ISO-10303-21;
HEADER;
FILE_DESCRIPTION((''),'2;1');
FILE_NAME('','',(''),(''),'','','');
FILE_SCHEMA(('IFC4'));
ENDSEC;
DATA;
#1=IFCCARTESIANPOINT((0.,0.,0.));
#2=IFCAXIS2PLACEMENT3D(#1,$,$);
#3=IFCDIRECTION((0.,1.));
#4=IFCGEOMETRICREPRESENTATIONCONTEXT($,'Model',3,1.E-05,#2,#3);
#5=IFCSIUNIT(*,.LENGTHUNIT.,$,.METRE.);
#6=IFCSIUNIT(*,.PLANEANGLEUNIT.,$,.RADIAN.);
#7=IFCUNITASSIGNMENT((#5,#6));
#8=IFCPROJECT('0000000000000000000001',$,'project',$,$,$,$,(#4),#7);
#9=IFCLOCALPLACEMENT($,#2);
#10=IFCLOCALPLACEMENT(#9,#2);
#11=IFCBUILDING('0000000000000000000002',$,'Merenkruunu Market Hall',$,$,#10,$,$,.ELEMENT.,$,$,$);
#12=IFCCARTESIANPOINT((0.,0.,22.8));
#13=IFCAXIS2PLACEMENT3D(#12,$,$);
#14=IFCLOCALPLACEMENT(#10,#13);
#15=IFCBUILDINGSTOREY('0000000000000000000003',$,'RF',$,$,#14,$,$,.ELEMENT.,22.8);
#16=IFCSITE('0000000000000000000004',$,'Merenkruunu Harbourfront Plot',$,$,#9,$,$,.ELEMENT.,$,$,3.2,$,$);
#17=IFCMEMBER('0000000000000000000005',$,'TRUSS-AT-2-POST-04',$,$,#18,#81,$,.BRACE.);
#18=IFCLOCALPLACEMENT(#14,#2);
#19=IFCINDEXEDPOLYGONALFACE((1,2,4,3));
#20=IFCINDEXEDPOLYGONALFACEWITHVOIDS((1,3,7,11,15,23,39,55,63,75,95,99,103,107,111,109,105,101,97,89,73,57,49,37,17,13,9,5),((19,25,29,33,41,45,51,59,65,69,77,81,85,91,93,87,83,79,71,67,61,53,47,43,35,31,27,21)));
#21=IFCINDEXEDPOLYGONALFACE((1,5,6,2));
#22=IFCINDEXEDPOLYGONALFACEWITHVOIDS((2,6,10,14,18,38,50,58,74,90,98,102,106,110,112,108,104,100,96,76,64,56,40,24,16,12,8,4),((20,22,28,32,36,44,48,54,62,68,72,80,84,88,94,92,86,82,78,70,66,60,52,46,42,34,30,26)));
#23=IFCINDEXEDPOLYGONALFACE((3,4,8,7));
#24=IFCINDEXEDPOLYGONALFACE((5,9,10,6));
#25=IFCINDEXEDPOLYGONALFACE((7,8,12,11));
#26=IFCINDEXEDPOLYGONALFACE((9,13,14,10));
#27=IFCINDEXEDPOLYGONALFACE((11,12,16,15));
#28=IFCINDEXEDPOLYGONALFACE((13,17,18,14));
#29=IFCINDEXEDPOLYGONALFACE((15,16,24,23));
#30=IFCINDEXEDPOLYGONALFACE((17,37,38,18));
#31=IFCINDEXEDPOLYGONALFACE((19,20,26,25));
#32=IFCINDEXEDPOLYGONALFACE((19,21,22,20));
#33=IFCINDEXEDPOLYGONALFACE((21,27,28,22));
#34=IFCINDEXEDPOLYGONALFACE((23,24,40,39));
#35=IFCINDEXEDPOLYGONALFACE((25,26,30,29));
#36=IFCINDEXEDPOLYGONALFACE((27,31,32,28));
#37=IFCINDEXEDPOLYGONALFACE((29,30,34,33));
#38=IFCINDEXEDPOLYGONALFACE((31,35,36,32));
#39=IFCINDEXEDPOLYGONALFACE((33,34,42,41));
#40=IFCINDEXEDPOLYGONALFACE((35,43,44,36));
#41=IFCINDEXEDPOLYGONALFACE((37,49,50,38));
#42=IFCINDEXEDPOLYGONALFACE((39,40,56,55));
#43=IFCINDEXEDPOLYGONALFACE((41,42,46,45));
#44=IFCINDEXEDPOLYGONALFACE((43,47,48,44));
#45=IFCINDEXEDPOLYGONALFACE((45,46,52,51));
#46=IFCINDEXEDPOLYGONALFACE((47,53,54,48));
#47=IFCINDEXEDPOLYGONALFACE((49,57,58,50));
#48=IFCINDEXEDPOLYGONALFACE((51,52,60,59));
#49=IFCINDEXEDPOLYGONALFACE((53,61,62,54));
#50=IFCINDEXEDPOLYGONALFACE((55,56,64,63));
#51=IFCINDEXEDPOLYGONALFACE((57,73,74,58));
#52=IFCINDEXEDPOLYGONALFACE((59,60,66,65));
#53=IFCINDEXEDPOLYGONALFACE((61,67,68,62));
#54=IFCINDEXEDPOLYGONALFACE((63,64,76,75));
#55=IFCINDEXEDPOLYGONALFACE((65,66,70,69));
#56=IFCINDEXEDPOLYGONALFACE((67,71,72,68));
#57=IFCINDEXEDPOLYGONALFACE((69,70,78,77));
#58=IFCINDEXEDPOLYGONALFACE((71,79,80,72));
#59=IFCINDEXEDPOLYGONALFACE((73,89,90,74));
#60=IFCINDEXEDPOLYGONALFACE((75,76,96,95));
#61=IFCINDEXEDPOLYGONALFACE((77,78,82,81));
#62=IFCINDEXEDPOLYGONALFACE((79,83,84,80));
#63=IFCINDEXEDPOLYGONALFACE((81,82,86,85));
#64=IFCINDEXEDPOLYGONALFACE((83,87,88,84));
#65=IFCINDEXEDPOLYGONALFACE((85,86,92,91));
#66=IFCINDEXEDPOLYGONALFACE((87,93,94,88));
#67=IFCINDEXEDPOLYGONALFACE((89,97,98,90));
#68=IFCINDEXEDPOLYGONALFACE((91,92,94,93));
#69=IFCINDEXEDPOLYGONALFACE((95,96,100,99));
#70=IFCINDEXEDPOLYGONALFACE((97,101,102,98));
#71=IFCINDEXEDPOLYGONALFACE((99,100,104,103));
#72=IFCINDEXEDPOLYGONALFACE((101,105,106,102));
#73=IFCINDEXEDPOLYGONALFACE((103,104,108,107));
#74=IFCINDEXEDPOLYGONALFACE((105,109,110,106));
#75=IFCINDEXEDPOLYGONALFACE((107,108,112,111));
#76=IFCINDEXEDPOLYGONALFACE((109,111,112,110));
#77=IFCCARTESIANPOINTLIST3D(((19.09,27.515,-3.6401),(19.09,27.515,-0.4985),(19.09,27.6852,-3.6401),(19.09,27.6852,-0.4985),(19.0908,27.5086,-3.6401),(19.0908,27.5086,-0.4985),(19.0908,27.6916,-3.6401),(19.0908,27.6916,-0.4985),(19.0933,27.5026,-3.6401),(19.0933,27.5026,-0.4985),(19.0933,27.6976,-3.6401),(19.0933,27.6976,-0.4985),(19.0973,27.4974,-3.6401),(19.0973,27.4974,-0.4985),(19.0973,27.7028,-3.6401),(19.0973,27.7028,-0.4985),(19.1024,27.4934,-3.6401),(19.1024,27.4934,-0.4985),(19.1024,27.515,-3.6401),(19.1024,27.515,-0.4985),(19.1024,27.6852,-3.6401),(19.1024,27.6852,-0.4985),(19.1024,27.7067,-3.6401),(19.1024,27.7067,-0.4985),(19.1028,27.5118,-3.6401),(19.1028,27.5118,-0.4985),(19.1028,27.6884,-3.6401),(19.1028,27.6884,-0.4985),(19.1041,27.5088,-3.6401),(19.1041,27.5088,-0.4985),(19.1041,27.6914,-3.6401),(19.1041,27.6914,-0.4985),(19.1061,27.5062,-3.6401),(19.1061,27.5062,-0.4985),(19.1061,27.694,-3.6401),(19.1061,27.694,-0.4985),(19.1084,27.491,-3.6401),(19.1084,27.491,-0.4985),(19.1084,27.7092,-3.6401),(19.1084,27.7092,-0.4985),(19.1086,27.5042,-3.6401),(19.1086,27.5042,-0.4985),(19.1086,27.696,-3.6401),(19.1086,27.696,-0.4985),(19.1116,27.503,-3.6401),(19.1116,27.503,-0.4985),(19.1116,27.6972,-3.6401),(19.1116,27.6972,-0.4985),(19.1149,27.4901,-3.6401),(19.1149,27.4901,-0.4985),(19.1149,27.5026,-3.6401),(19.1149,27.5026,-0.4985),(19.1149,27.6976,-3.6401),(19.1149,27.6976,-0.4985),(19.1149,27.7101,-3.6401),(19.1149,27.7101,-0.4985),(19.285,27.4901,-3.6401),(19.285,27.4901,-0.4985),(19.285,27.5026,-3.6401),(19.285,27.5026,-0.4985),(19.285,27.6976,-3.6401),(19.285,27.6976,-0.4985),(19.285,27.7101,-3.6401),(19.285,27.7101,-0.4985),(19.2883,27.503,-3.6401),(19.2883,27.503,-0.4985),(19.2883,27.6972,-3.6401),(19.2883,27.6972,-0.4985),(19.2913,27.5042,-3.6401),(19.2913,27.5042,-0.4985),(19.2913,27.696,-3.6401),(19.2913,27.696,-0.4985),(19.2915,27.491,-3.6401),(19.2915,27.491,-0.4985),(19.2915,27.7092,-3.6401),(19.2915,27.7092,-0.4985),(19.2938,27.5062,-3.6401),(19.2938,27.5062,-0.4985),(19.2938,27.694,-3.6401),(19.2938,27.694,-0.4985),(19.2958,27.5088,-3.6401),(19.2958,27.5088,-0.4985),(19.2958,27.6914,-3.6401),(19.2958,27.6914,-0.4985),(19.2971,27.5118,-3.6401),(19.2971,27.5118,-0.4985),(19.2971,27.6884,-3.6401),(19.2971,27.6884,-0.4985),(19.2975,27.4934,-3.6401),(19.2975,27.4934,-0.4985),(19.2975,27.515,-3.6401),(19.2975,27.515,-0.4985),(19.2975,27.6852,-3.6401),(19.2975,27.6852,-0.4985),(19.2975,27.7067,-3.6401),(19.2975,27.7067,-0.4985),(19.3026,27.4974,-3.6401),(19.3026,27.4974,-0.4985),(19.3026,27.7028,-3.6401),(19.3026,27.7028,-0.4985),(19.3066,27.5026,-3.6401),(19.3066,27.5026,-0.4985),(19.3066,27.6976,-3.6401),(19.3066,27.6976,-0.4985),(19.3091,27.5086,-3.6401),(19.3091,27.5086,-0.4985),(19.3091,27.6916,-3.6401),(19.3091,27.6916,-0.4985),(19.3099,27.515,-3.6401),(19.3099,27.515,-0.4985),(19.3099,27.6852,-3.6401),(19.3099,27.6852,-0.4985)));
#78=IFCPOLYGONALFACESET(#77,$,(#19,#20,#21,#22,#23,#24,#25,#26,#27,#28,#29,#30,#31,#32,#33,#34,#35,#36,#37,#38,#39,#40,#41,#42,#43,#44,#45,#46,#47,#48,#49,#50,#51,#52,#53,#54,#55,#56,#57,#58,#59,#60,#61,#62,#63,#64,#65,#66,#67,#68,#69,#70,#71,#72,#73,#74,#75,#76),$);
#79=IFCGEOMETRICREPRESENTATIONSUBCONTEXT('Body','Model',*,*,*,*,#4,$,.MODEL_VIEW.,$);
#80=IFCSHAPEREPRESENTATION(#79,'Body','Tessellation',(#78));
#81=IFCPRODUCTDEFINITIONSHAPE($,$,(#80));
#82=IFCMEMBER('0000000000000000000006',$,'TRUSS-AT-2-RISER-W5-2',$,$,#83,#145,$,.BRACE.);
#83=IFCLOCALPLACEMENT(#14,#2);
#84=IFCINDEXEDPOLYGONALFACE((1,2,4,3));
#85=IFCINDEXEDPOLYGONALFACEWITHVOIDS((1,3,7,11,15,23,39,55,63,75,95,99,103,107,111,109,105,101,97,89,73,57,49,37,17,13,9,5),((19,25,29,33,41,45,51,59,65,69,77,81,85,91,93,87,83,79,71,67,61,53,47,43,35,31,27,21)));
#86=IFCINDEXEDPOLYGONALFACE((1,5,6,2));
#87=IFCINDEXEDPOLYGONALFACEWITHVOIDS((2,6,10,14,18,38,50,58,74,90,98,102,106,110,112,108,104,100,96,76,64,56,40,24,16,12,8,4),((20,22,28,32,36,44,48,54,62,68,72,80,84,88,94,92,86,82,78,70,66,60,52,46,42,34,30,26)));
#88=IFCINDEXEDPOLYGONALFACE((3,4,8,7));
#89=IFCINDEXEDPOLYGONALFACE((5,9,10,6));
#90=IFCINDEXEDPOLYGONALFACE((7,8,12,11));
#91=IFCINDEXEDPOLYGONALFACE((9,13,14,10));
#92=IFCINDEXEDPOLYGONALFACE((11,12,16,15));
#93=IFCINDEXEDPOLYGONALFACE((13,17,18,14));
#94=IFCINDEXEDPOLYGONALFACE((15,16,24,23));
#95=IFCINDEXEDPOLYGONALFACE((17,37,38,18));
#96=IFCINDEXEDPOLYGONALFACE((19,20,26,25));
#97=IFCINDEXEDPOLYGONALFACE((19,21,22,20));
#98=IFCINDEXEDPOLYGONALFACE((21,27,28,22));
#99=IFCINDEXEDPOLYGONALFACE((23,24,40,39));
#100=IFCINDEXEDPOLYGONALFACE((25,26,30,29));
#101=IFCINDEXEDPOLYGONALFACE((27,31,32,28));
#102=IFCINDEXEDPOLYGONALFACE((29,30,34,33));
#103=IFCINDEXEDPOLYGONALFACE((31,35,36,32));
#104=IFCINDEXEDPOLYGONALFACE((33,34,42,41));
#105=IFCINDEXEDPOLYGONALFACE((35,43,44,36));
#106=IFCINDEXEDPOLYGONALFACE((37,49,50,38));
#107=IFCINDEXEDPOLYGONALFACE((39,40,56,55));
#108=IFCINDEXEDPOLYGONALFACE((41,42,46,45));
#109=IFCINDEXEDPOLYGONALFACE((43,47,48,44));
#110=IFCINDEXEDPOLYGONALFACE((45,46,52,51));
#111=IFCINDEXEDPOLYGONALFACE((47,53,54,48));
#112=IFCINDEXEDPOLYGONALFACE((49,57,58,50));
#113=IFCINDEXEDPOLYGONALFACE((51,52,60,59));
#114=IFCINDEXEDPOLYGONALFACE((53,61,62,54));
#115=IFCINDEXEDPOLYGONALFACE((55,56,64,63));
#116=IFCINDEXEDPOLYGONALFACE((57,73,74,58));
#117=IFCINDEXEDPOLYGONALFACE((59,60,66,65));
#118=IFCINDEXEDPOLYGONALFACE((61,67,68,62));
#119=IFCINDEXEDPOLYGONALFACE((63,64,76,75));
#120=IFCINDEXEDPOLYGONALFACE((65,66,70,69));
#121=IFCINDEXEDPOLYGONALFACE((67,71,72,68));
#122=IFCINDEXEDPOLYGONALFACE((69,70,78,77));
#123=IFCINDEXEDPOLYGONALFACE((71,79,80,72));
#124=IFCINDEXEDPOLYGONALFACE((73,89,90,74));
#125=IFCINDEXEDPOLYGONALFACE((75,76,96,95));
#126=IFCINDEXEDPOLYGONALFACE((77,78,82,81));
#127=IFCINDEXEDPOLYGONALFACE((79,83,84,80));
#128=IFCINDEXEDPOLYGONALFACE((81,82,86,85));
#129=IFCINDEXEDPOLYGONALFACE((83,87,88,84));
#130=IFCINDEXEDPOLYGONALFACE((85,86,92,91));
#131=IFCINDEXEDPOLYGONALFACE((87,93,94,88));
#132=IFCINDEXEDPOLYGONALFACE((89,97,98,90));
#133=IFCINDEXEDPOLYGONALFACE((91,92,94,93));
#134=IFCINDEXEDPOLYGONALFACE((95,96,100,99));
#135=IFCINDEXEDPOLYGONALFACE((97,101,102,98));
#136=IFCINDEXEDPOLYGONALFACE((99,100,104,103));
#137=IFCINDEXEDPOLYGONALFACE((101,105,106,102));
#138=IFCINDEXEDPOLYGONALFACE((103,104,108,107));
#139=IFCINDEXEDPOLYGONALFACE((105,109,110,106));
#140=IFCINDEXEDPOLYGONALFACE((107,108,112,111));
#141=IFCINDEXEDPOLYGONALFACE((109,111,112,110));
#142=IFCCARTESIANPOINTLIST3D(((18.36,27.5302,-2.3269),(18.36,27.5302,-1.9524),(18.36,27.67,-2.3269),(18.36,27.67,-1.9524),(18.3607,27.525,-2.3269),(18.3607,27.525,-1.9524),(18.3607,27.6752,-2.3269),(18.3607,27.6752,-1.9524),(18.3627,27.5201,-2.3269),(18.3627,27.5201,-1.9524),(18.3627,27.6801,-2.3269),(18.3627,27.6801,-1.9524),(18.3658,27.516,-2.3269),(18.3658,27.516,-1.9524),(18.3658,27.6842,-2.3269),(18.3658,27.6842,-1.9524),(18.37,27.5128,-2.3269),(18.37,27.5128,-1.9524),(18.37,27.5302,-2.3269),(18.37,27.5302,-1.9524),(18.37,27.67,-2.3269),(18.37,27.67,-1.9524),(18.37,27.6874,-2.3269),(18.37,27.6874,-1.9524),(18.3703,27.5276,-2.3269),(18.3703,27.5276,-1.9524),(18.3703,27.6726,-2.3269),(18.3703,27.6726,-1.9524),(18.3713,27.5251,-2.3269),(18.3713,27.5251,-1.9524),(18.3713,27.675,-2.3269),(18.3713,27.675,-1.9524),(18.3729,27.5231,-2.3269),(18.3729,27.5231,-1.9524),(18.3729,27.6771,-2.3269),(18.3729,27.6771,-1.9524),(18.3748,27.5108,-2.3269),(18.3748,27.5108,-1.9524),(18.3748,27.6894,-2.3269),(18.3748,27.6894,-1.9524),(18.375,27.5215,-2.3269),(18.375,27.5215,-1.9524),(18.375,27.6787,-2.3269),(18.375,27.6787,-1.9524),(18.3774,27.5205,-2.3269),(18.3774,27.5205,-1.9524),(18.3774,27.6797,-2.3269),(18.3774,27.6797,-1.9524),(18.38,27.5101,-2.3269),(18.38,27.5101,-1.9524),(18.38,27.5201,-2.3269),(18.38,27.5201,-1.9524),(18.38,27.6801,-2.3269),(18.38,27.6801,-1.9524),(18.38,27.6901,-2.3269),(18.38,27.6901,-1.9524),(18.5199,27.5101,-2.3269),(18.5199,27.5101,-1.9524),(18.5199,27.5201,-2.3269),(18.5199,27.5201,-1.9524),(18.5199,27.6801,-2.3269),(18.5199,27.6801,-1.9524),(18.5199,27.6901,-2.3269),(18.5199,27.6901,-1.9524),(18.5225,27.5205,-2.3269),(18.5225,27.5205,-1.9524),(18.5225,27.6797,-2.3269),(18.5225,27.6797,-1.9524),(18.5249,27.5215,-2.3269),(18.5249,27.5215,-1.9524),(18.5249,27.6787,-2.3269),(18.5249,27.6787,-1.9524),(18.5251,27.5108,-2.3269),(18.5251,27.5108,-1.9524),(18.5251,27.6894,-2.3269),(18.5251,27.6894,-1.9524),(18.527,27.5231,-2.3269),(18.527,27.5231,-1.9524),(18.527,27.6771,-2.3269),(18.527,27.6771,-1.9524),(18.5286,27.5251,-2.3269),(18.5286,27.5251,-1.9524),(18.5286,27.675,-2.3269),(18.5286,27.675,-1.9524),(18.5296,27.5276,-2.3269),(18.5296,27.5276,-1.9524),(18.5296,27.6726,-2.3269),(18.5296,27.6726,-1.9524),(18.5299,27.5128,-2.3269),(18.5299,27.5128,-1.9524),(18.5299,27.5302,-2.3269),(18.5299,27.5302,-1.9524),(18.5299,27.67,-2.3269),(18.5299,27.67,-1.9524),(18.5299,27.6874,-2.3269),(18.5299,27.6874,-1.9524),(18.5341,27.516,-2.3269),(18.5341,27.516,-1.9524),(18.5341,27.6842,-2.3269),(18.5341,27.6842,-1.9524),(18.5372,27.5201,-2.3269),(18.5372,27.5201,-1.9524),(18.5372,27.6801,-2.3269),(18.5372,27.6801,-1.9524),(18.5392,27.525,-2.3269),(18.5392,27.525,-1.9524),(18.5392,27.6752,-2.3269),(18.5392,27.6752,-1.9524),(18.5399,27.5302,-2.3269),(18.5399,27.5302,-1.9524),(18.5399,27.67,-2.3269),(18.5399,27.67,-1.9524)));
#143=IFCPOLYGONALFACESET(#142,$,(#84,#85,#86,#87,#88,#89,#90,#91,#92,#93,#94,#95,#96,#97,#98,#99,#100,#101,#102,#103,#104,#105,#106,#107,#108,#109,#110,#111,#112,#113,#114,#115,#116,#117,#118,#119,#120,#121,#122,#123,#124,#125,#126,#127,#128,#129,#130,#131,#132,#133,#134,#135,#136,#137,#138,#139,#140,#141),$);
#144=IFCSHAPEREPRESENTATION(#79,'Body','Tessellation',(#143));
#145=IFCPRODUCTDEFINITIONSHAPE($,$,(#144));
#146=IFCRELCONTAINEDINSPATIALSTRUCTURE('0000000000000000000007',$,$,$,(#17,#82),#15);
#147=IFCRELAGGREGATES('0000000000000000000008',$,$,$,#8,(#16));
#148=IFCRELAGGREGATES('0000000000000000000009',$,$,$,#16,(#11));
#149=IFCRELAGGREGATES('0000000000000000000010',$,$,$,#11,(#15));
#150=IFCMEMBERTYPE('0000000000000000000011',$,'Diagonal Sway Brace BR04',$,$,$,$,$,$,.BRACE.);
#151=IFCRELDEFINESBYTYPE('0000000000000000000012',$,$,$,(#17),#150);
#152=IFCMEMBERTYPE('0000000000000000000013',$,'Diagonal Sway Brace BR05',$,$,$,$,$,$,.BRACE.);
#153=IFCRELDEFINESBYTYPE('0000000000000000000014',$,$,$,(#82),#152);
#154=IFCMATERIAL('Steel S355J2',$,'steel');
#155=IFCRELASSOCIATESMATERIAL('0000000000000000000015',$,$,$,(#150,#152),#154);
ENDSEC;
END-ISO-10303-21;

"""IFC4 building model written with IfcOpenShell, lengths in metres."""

from ifc_helpers import new_model, si_unit, direction, frame, origin, origin_2d, place, context, subcontext, project, spatial, hollow_rectangle, extrude, material, material_profile, profile_set, type_object, element, save


model = new_model("IFC4")

# Units and contexts
model_context = context("Model", 3, precision=1e-05, world=origin(), true_north=direction((0.0, 1.0)))
body_context = subcontext(model_context, "Body", "Model", "MODEL_VIEW")
ifc_project = project(units=[si_unit("LENGTHUNIT", "METRE"), si_unit("PLANEANGLEUNIT", "RADIAN")], contexts=[model_context])

# Site, building, storey
site_placement = place(None, origin())
site = spatial("IfcSite", under=ifc_project, at=site_placement, Name="Merenkruunu Harbourfront Plot", CompositionType="ELEMENT", RefElevation=3.2)
building_placement = place(site_placement, origin())
building = spatial("IfcBuilding", under=site, at=building_placement, Name="Merenkruunu Market Hall", CompositionType="ELEMENT")
storey_placement = place(building_placement, frame((0.0, 0.0, 22.8)))
storey = spatial("IfcBuildingStorey", under=building, at=storey_placement, Name="RF", CompositionType="ELEMENT", Elevation=22.8)

# Members
ifc_material_1 = material(Name="Steel S355J2", Category="steel")
ifc_material_profile_1 = material_profile(ifc_material_1, hollow_rectangle(XDim=0.22, YDim=0.22, WallThickness=0.0125, InnerFilletRadius=0.0125, OuterFilletRadius=0.0249, at=origin_2d()), Name="SHS 220x220x12.5")
ifc_profile_set_1 = profile_set([ifc_material_profile_1], Name="Steel S355J2")
member_type_1 = type_object("IfcMemberType", Name="Diagonal Sway Brace BR04", PredefinedType="BRACE", material=ifc_profile_set_1)
member_1_placement = place(storey_placement, frame((19.2, 27.6001, -3.6401), z_axis=(0.0, 0.0, 1.0), x_axis=(1.0, 0.0, 0.0)))
element("IfcMember", 1, at=member_1_placement, inside=storey, type_object=member_type_1, Name="TRUSS-AT-2-POST-04", PredefinedType="BRACE", context=body_context, shape_type="SweptSolid", body=[
    extrude(hollow_rectangle(XDim=0.22, YDim=0.22, WallThickness=0.0125, InnerFilletRadius=0.0125, OuterFilletRadius=0.0249, at=origin_2d()), origin(), (0.0, 0.0, 1.0), 3.1416),
])
ifc_material_profile_2 = material_profile(ifc_material_1, hollow_rectangle(XDim=0.1799, YDim=0.1799, WallThickness=0.01, InnerFilletRadius=0.01, OuterFilletRadius=0.02, at=origin_2d()), Name="SHS 180x180x10")
ifc_profile_set_2 = profile_set([ifc_material_profile_2], Name="Steel S355J2")
member_type_2 = type_object("IfcMemberType", Name="Diagonal Sway Brace BR05", PredefinedType="BRACE", material=ifc_profile_set_2)
member_2_placement = place(storey_placement, frame((18.45, 27.6001, -2.3269), z_axis=(0.0, 0.0, 1.0), x_axis=(1.0, 0.0, 0.0)))
element("IfcMember", 2, at=member_2_placement, inside=storey, type_object=member_type_2, Name="TRUSS-AT-2-RISER-W5-2", PredefinedType="BRACE", context=body_context, shape_type="SweptSolid", body=[
    extrude(hollow_rectangle(XDim=0.1799, YDim=0.1799, WallThickness=0.01, InnerFilletRadius=0.01, OuterFilletRadius=0.02, at=origin_2d()), origin(), (0.0, 0.0, 1.0), 0.3745),
])

save(model, "model.ifc")
